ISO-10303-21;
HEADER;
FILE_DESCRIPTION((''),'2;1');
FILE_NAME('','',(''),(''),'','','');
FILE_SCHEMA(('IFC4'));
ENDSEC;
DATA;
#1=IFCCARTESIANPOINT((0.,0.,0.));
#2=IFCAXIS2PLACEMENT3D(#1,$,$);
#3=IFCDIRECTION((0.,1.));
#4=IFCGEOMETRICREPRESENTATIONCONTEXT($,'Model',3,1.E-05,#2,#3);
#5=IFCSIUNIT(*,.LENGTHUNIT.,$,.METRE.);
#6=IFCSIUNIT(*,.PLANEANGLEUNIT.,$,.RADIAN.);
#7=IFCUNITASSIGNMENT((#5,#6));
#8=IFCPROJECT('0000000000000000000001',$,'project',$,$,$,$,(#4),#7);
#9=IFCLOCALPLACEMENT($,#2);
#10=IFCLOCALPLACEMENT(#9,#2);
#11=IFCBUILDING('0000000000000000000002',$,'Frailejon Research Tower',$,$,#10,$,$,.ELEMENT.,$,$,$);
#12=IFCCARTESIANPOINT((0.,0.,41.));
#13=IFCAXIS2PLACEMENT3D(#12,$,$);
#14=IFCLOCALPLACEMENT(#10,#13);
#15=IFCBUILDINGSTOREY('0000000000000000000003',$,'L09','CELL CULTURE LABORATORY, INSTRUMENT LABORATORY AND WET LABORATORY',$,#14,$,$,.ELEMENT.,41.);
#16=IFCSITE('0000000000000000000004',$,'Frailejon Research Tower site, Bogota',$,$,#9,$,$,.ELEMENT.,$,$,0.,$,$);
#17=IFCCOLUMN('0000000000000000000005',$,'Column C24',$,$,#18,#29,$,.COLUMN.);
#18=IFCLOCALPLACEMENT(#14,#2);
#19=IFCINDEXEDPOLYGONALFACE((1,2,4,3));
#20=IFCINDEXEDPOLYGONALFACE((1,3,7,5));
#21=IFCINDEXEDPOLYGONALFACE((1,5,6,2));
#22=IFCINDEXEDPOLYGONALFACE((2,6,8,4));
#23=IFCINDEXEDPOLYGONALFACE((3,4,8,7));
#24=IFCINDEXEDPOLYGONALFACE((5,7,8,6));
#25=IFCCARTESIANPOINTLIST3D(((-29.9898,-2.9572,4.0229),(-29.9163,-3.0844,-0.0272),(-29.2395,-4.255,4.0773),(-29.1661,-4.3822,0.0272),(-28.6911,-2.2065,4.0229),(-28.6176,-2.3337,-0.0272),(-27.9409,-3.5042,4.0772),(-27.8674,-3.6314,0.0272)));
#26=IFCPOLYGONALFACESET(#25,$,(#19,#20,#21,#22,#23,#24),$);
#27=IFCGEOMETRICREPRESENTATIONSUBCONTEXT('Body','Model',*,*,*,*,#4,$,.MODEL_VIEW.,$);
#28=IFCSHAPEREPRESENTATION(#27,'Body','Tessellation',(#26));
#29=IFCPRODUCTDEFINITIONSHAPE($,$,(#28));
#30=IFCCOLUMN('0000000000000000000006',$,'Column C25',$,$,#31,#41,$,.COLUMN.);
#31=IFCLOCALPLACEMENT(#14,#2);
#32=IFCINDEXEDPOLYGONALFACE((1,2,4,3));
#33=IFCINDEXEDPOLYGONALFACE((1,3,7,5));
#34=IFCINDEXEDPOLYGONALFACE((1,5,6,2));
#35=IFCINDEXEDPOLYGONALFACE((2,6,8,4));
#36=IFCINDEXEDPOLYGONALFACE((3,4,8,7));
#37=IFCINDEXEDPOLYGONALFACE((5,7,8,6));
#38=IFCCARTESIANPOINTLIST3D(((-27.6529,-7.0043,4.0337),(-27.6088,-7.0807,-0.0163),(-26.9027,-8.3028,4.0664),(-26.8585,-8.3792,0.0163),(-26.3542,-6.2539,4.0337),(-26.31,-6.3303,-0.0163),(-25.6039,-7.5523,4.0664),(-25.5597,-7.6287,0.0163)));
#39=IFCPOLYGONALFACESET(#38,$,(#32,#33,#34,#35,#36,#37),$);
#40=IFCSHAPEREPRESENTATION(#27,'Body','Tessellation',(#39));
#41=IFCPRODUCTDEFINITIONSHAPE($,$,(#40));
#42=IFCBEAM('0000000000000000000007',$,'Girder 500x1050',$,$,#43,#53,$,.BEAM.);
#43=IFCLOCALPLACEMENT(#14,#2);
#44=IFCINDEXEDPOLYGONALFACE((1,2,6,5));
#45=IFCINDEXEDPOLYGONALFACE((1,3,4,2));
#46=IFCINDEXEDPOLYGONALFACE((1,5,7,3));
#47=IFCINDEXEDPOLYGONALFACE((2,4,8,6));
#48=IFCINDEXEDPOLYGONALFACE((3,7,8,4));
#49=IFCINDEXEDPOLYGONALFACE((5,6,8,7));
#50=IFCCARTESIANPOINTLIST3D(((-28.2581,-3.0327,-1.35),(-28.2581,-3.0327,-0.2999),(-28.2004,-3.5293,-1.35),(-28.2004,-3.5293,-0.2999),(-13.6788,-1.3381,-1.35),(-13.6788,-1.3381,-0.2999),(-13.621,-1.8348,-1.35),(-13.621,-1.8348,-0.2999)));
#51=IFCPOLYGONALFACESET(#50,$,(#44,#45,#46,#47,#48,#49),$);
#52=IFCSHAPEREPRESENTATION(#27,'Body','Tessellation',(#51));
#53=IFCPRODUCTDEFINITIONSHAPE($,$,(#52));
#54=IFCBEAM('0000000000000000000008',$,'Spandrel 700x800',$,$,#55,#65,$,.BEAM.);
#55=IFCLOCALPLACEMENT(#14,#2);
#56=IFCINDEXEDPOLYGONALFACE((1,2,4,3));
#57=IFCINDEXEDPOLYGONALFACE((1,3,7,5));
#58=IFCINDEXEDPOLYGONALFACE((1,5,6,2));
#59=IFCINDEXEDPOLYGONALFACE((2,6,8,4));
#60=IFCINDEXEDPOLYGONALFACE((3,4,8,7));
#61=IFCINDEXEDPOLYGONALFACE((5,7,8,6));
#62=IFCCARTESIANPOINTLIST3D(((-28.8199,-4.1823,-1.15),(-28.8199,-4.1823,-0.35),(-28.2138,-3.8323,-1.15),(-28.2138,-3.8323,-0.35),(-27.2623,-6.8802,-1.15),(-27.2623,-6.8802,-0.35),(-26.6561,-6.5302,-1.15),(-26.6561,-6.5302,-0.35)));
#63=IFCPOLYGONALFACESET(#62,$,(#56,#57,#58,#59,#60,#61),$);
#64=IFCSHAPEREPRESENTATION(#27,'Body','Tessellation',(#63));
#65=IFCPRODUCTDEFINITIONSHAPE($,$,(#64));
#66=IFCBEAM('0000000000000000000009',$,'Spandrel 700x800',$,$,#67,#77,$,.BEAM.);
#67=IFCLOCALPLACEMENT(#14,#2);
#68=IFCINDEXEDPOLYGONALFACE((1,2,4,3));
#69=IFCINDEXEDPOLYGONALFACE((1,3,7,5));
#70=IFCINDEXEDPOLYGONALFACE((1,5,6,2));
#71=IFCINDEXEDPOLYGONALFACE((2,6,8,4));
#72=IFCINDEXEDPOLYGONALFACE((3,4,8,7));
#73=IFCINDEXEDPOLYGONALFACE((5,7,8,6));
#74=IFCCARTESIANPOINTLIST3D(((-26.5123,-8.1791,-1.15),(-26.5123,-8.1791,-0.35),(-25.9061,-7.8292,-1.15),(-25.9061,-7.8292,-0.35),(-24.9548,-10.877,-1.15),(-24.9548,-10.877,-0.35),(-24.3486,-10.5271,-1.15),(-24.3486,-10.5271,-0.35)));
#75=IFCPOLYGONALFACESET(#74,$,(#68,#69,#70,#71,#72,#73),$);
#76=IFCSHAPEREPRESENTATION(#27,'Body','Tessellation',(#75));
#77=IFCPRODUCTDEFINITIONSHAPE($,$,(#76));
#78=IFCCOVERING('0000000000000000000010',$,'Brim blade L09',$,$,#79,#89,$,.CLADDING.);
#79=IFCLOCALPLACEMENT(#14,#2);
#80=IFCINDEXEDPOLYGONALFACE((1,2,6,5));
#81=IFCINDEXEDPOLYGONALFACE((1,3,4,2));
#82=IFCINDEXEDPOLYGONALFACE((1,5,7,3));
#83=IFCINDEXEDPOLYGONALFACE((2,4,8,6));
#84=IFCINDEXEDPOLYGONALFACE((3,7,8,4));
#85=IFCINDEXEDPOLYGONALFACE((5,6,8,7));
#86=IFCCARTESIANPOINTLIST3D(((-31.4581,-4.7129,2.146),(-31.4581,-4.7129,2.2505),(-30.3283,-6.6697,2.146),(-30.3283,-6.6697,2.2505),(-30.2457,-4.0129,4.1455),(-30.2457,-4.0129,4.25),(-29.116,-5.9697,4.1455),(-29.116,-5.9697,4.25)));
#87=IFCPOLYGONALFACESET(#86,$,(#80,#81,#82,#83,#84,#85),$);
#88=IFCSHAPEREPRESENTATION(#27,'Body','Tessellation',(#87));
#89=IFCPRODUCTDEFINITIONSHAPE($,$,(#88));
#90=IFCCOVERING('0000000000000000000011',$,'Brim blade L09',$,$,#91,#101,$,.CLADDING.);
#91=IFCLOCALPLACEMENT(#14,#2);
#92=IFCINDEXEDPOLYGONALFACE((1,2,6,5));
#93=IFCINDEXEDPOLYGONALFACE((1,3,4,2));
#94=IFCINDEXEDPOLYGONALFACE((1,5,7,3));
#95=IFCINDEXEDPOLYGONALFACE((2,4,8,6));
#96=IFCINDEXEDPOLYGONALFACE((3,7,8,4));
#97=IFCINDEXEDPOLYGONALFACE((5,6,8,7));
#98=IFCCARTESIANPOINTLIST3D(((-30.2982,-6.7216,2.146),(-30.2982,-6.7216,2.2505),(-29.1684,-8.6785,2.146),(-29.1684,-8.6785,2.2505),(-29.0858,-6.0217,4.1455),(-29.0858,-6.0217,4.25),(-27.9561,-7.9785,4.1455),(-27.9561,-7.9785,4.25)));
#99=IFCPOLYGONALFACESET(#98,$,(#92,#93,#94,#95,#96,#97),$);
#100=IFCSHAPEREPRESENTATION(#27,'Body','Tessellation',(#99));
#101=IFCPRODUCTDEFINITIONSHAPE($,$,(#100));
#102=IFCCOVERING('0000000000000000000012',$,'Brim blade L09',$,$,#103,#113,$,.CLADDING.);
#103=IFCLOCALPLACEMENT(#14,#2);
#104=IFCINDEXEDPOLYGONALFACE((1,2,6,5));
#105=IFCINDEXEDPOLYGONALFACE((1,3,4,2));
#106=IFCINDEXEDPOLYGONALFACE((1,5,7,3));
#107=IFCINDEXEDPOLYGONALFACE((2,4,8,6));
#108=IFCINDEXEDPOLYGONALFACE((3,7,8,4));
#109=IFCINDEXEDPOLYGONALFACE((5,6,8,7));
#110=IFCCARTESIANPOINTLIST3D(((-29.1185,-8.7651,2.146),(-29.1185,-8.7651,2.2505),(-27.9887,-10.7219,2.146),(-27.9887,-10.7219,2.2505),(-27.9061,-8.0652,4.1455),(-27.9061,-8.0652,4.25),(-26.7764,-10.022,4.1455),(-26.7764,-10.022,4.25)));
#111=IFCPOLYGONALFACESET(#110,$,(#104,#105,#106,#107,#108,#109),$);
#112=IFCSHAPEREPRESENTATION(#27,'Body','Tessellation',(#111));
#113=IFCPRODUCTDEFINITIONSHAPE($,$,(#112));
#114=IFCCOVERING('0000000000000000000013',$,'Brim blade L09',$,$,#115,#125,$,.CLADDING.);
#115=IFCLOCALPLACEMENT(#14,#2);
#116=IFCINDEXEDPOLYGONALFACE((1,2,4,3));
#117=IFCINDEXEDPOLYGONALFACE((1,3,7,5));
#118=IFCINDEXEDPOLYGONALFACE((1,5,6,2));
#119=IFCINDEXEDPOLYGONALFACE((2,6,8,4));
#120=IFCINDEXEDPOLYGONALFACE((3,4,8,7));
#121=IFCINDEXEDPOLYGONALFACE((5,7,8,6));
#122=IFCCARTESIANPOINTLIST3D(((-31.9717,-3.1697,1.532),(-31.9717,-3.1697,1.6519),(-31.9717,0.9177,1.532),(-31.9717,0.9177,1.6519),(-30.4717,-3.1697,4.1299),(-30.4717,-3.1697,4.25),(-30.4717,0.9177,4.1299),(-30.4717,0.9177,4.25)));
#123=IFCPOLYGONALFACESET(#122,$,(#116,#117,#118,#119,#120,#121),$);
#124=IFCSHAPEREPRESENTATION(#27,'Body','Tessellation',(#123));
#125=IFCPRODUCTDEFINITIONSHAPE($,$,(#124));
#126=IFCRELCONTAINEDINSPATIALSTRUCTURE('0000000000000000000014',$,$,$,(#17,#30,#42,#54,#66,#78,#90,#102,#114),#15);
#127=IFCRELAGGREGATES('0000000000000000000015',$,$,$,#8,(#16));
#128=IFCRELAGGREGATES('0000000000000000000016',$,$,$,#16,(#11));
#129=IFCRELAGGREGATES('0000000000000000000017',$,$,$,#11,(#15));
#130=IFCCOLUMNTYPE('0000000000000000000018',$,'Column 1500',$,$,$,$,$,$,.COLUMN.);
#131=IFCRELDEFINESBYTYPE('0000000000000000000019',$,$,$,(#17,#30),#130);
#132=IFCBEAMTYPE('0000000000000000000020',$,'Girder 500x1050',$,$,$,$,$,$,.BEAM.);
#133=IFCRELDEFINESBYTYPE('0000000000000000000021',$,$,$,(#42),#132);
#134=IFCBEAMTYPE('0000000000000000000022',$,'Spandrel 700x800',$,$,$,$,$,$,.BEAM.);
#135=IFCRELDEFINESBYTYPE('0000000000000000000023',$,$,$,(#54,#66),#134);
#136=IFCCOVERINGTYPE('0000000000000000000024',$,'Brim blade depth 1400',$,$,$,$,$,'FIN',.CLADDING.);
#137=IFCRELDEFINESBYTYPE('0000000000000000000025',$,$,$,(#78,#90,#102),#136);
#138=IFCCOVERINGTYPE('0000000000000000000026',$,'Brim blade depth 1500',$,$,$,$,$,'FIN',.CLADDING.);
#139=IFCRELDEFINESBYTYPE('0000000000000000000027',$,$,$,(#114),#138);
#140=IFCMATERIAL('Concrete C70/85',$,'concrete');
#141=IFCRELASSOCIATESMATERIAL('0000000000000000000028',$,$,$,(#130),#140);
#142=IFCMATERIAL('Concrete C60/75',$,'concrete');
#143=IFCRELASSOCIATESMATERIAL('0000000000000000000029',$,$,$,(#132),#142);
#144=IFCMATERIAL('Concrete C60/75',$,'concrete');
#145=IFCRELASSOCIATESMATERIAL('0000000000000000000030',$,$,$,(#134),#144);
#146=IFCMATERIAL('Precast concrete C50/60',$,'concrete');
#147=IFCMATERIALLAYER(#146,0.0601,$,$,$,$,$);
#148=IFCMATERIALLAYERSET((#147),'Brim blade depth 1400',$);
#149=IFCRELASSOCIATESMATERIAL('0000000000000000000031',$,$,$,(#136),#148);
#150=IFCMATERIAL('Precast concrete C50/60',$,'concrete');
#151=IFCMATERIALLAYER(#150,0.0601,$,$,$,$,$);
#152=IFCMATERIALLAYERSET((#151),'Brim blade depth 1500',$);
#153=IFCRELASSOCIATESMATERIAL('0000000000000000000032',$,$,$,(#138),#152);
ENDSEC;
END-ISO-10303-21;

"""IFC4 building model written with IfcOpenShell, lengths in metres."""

from ifc_helpers import new_model, si_unit, direction, frame, origin, origin_2d, place, context, subcontext, project, spatial, polyline, rectangle, outline, extrude, material, layer, layer_set, material_profile, profile_set, type_object, element, save


model = new_model("IFC4")

# Units and contexts
model_context = context("Model", 3, precision=1e-05, world=origin(), true_north=direction((0.0, 1.0)))
body_context = subcontext(model_context, "Body", "Model", "MODEL_VIEW")
ifc_project = project(units=[si_unit("LENGTHUNIT", "METRE"), si_unit("PLANEANGLEUNIT", "RADIAN")], contexts=[model_context])

# Site, building, storey
site_placement = place(None, origin())
site = spatial("IfcSite", under=ifc_project, at=site_placement, Name="Frailejon Research Tower site, Bogota", CompositionType="ELEMENT", RefElevation=0.0)
building_placement = place(site_placement, origin())
building = spatial("IfcBuilding", under=site, at=building_placement, Name="Frailejon Research Tower", CompositionType="ELEMENT")
storey_placement = place(building_placement, frame((0.0, 0.0, 41.0)))
storey = spatial("IfcBuildingStorey", under=building, at=storey_placement, Name="L09", Description="CELL CULTURE LABORATORY, INSTRUMENT LABORATORY AND WET LABORATORY", CompositionType="ELEMENT", Elevation=41.0)

# Columns
ifc_material_1 = material(Name="Concrete C70/85", Category="concrete")
ifc_material_profile_1 = material_profile(ifc_material_1, rectangle(XDim=1.5, YDim=1.5, at=origin_2d()), Name="Column 1500")
ifc_profile_set_1 = profile_set([ifc_material_profile_1], Name="Concrete C70/85")
column_type = type_object("IfcColumnType", Name="Column 1500", PredefinedType="COLUMN", material=ifc_profile_set_1)
column_1_placement = place(storey_placement, frame((-28.8918, -3.3579, 0.0), z_axis=(-0.018133, 0.031386, 0.999343), x_axis=(0.500145, -0.865183, 0.036247)))
element("IfcColumn", 1, at=column_1_placement, inside=storey, type_object=column_type, Name="Column C24", PredefinedType="COLUMN", context=body_context, shape_type="SweptSolid", body=[
    extrude(rectangle(XDim=1.5, YDim=1.5, at=origin_2d()), origin(), (0.0, 0.0, 1.0), 4.0527),
])
column_2_placement = place(storey_placement, frame((-26.5842, -7.3547, 0.0), z_axis=(-0.010908, 0.018863, 0.999763), x_axis=(0.500187, -0.865643, 0.02179)))
element("IfcColumn", 2, at=column_2_placement, inside=storey, type_object=column_type, Name="Column C25", PredefinedType="COLUMN", context=body_context, shape_type="SweptSolid", body=[
    extrude(rectangle(XDim=1.5, YDim=1.5, at=origin_2d()), origin(), (0.0, 0.0, 1.0), 4.051),
])

# Beams
ifc_material_2 = material(Name="Concrete C60/75", Category="concrete")
ifc_material_profile_2 = material_profile(ifc_material_2, rectangle(XDim=0.5, YDim=1.05, at=origin_2d()), Name="Girder 500x1050")
ifc_profile_set_2 = profile_set([ifc_material_profile_2], Name="Concrete C60/75")
beam_type_1 = type_object("IfcBeamType", Name="Girder 500x1050", PredefinedType="BEAM", material=ifc_profile_set_2)
beam_placement = place(storey_placement, frame((-28.2292, -3.281, -0.825), z_axis=(0.993313, 0.115454, 0.0), x_axis=(-0.115454, 0.993313, 0.0)))
element("IfcBeam", 3, at=beam_placement, inside=storey, type_object=beam_type_1, Name="Girder 500x1050", PredefinedType="BEAM", context=body_context, shape_type="SweptSolid", body=[
    extrude(rectangle(XDim=0.5, YDim=1.05, at=origin_2d()), origin(), (0.0, 0.0, 1.0), 14.6775),
])
ifc_material_3 = material(Name="Concrete C60/75", Category="concrete")
ifc_material_profile_3 = material_profile(ifc_material_3, rectangle(XDim=0.7, YDim=0.8, at=origin_2d()), Name="Spandrel 700x800")
ifc_profile_set_3 = profile_set([ifc_material_profile_3], Name="Concrete C60/75")
beam_type_2 = type_object("IfcBeamType", Name="Spandrel 700x800", PredefinedType="BEAM", material=ifc_profile_set_3)
for number, where, z_axis, x_axis, name in (
    (4, (-28.5168, -4.0073, -0.75), (0.500016, -0.866016, 0.0), (0.866016, 0.500016, 0.0), "Spandrel 700x800"),
    (5, (-26.2092, -8.0042, -0.75), (0.499982, -0.866036, 0.0), (0.866036, 0.499982, 0.0), "Spandrel 700x800"),
):
    element("IfcBeam", number, at=place(storey_placement, frame(where, z_axis=z_axis, x_axis=x_axis)), inside=storey, type_object=beam_type_2, Name=name, PredefinedType="BEAM", context=body_context, shape_type="SweptSolid", body=[
        extrude(rectangle(XDim=0.7, YDim=0.8, at=origin_2d()), origin(), (0.0, 0.0, 1.0), 3.1152),
    ])

# Coverings
ifc_material_4 = material(Name="Precast concrete C50/60", Category="concrete")
ifc_layer_1 = layer(ifc_material_4, 0.0601)
ifc_layer_set_1 = layer_set([ifc_layer_1], Name="Brim blade depth 1400")
covering_type_1 = type_object("IfcCoveringType", Name="Brim blade depth 1400", ElementType="FIN", PredefinedType="CLADDING", material=ifc_layer_set_1)
for number, where, z_axis, x_axis, name in (
    (6, (-29.116, -5.9697, 4.25), (-0.499994, 0.866029, 0.0), (-0.866029, -0.499994, 0.0), "Brim blade L09"),
    (7, (-27.9561, -7.9785, 4.25), (-0.499994, 0.866029, 0.0), (-0.866029, -0.499994, 0.0), "Brim blade L09"),
    (8, (-26.7764, -10.022, 4.25), (-0.500003, 0.866024, 0.0), (-0.866024, -0.500003, 0.0), "Brim blade L09"),
):
    element("IfcCovering", number, at=place(storey_placement, frame(where, z_axis=z_axis, x_axis=x_axis)), inside=storey, type_object=covering_type_1, Name=name, PredefinedType="CLADDING", context=body_context, shape_type="SweptSolid", body=[
        extrude(outline(polyline([(0.0, -0.1045), (1.3999, -2.104), (1.3999, -1.9995), (0.0, 0.0), (0.0, -0.1045)])), origin(), (0.0, 0.0, 1.0), 2.2595),
    ])
ifc_material_5 = material(Name="Precast concrete C50/60", Category="concrete")
ifc_layer_2 = layer(ifc_material_5, 0.0601)
ifc_layer_set_2 = layer_set([ifc_layer_2], Name="Brim blade depth 1500")
covering_type_2 = type_object("IfcCoveringType", Name="Brim blade depth 1500", ElementType="FIN", PredefinedType="CLADDING", material=ifc_layer_set_2)
covering_placement = place(storey_placement, frame((-30.4717, -3.1697, 4.25), z_axis=(0.0, 1.0, 0.0), x_axis=(-1.0, 0.0, 0.0)))
element("IfcCovering", 9, at=covering_placement, inside=storey, type_object=covering_type_2, Name="Brim blade L09", PredefinedType="CLADDING", context=body_context, shape_type="SweptSolid", body=[
    extrude(outline(polyline([(0.0, -0.1201), (1.5, -2.718), (1.5, -2.5981), (0.0, 0.0), (0.0, -0.1201)])), origin(), (0.0, 0.0, 1.0), 4.0874),
])

save(model, "model.ifc")
